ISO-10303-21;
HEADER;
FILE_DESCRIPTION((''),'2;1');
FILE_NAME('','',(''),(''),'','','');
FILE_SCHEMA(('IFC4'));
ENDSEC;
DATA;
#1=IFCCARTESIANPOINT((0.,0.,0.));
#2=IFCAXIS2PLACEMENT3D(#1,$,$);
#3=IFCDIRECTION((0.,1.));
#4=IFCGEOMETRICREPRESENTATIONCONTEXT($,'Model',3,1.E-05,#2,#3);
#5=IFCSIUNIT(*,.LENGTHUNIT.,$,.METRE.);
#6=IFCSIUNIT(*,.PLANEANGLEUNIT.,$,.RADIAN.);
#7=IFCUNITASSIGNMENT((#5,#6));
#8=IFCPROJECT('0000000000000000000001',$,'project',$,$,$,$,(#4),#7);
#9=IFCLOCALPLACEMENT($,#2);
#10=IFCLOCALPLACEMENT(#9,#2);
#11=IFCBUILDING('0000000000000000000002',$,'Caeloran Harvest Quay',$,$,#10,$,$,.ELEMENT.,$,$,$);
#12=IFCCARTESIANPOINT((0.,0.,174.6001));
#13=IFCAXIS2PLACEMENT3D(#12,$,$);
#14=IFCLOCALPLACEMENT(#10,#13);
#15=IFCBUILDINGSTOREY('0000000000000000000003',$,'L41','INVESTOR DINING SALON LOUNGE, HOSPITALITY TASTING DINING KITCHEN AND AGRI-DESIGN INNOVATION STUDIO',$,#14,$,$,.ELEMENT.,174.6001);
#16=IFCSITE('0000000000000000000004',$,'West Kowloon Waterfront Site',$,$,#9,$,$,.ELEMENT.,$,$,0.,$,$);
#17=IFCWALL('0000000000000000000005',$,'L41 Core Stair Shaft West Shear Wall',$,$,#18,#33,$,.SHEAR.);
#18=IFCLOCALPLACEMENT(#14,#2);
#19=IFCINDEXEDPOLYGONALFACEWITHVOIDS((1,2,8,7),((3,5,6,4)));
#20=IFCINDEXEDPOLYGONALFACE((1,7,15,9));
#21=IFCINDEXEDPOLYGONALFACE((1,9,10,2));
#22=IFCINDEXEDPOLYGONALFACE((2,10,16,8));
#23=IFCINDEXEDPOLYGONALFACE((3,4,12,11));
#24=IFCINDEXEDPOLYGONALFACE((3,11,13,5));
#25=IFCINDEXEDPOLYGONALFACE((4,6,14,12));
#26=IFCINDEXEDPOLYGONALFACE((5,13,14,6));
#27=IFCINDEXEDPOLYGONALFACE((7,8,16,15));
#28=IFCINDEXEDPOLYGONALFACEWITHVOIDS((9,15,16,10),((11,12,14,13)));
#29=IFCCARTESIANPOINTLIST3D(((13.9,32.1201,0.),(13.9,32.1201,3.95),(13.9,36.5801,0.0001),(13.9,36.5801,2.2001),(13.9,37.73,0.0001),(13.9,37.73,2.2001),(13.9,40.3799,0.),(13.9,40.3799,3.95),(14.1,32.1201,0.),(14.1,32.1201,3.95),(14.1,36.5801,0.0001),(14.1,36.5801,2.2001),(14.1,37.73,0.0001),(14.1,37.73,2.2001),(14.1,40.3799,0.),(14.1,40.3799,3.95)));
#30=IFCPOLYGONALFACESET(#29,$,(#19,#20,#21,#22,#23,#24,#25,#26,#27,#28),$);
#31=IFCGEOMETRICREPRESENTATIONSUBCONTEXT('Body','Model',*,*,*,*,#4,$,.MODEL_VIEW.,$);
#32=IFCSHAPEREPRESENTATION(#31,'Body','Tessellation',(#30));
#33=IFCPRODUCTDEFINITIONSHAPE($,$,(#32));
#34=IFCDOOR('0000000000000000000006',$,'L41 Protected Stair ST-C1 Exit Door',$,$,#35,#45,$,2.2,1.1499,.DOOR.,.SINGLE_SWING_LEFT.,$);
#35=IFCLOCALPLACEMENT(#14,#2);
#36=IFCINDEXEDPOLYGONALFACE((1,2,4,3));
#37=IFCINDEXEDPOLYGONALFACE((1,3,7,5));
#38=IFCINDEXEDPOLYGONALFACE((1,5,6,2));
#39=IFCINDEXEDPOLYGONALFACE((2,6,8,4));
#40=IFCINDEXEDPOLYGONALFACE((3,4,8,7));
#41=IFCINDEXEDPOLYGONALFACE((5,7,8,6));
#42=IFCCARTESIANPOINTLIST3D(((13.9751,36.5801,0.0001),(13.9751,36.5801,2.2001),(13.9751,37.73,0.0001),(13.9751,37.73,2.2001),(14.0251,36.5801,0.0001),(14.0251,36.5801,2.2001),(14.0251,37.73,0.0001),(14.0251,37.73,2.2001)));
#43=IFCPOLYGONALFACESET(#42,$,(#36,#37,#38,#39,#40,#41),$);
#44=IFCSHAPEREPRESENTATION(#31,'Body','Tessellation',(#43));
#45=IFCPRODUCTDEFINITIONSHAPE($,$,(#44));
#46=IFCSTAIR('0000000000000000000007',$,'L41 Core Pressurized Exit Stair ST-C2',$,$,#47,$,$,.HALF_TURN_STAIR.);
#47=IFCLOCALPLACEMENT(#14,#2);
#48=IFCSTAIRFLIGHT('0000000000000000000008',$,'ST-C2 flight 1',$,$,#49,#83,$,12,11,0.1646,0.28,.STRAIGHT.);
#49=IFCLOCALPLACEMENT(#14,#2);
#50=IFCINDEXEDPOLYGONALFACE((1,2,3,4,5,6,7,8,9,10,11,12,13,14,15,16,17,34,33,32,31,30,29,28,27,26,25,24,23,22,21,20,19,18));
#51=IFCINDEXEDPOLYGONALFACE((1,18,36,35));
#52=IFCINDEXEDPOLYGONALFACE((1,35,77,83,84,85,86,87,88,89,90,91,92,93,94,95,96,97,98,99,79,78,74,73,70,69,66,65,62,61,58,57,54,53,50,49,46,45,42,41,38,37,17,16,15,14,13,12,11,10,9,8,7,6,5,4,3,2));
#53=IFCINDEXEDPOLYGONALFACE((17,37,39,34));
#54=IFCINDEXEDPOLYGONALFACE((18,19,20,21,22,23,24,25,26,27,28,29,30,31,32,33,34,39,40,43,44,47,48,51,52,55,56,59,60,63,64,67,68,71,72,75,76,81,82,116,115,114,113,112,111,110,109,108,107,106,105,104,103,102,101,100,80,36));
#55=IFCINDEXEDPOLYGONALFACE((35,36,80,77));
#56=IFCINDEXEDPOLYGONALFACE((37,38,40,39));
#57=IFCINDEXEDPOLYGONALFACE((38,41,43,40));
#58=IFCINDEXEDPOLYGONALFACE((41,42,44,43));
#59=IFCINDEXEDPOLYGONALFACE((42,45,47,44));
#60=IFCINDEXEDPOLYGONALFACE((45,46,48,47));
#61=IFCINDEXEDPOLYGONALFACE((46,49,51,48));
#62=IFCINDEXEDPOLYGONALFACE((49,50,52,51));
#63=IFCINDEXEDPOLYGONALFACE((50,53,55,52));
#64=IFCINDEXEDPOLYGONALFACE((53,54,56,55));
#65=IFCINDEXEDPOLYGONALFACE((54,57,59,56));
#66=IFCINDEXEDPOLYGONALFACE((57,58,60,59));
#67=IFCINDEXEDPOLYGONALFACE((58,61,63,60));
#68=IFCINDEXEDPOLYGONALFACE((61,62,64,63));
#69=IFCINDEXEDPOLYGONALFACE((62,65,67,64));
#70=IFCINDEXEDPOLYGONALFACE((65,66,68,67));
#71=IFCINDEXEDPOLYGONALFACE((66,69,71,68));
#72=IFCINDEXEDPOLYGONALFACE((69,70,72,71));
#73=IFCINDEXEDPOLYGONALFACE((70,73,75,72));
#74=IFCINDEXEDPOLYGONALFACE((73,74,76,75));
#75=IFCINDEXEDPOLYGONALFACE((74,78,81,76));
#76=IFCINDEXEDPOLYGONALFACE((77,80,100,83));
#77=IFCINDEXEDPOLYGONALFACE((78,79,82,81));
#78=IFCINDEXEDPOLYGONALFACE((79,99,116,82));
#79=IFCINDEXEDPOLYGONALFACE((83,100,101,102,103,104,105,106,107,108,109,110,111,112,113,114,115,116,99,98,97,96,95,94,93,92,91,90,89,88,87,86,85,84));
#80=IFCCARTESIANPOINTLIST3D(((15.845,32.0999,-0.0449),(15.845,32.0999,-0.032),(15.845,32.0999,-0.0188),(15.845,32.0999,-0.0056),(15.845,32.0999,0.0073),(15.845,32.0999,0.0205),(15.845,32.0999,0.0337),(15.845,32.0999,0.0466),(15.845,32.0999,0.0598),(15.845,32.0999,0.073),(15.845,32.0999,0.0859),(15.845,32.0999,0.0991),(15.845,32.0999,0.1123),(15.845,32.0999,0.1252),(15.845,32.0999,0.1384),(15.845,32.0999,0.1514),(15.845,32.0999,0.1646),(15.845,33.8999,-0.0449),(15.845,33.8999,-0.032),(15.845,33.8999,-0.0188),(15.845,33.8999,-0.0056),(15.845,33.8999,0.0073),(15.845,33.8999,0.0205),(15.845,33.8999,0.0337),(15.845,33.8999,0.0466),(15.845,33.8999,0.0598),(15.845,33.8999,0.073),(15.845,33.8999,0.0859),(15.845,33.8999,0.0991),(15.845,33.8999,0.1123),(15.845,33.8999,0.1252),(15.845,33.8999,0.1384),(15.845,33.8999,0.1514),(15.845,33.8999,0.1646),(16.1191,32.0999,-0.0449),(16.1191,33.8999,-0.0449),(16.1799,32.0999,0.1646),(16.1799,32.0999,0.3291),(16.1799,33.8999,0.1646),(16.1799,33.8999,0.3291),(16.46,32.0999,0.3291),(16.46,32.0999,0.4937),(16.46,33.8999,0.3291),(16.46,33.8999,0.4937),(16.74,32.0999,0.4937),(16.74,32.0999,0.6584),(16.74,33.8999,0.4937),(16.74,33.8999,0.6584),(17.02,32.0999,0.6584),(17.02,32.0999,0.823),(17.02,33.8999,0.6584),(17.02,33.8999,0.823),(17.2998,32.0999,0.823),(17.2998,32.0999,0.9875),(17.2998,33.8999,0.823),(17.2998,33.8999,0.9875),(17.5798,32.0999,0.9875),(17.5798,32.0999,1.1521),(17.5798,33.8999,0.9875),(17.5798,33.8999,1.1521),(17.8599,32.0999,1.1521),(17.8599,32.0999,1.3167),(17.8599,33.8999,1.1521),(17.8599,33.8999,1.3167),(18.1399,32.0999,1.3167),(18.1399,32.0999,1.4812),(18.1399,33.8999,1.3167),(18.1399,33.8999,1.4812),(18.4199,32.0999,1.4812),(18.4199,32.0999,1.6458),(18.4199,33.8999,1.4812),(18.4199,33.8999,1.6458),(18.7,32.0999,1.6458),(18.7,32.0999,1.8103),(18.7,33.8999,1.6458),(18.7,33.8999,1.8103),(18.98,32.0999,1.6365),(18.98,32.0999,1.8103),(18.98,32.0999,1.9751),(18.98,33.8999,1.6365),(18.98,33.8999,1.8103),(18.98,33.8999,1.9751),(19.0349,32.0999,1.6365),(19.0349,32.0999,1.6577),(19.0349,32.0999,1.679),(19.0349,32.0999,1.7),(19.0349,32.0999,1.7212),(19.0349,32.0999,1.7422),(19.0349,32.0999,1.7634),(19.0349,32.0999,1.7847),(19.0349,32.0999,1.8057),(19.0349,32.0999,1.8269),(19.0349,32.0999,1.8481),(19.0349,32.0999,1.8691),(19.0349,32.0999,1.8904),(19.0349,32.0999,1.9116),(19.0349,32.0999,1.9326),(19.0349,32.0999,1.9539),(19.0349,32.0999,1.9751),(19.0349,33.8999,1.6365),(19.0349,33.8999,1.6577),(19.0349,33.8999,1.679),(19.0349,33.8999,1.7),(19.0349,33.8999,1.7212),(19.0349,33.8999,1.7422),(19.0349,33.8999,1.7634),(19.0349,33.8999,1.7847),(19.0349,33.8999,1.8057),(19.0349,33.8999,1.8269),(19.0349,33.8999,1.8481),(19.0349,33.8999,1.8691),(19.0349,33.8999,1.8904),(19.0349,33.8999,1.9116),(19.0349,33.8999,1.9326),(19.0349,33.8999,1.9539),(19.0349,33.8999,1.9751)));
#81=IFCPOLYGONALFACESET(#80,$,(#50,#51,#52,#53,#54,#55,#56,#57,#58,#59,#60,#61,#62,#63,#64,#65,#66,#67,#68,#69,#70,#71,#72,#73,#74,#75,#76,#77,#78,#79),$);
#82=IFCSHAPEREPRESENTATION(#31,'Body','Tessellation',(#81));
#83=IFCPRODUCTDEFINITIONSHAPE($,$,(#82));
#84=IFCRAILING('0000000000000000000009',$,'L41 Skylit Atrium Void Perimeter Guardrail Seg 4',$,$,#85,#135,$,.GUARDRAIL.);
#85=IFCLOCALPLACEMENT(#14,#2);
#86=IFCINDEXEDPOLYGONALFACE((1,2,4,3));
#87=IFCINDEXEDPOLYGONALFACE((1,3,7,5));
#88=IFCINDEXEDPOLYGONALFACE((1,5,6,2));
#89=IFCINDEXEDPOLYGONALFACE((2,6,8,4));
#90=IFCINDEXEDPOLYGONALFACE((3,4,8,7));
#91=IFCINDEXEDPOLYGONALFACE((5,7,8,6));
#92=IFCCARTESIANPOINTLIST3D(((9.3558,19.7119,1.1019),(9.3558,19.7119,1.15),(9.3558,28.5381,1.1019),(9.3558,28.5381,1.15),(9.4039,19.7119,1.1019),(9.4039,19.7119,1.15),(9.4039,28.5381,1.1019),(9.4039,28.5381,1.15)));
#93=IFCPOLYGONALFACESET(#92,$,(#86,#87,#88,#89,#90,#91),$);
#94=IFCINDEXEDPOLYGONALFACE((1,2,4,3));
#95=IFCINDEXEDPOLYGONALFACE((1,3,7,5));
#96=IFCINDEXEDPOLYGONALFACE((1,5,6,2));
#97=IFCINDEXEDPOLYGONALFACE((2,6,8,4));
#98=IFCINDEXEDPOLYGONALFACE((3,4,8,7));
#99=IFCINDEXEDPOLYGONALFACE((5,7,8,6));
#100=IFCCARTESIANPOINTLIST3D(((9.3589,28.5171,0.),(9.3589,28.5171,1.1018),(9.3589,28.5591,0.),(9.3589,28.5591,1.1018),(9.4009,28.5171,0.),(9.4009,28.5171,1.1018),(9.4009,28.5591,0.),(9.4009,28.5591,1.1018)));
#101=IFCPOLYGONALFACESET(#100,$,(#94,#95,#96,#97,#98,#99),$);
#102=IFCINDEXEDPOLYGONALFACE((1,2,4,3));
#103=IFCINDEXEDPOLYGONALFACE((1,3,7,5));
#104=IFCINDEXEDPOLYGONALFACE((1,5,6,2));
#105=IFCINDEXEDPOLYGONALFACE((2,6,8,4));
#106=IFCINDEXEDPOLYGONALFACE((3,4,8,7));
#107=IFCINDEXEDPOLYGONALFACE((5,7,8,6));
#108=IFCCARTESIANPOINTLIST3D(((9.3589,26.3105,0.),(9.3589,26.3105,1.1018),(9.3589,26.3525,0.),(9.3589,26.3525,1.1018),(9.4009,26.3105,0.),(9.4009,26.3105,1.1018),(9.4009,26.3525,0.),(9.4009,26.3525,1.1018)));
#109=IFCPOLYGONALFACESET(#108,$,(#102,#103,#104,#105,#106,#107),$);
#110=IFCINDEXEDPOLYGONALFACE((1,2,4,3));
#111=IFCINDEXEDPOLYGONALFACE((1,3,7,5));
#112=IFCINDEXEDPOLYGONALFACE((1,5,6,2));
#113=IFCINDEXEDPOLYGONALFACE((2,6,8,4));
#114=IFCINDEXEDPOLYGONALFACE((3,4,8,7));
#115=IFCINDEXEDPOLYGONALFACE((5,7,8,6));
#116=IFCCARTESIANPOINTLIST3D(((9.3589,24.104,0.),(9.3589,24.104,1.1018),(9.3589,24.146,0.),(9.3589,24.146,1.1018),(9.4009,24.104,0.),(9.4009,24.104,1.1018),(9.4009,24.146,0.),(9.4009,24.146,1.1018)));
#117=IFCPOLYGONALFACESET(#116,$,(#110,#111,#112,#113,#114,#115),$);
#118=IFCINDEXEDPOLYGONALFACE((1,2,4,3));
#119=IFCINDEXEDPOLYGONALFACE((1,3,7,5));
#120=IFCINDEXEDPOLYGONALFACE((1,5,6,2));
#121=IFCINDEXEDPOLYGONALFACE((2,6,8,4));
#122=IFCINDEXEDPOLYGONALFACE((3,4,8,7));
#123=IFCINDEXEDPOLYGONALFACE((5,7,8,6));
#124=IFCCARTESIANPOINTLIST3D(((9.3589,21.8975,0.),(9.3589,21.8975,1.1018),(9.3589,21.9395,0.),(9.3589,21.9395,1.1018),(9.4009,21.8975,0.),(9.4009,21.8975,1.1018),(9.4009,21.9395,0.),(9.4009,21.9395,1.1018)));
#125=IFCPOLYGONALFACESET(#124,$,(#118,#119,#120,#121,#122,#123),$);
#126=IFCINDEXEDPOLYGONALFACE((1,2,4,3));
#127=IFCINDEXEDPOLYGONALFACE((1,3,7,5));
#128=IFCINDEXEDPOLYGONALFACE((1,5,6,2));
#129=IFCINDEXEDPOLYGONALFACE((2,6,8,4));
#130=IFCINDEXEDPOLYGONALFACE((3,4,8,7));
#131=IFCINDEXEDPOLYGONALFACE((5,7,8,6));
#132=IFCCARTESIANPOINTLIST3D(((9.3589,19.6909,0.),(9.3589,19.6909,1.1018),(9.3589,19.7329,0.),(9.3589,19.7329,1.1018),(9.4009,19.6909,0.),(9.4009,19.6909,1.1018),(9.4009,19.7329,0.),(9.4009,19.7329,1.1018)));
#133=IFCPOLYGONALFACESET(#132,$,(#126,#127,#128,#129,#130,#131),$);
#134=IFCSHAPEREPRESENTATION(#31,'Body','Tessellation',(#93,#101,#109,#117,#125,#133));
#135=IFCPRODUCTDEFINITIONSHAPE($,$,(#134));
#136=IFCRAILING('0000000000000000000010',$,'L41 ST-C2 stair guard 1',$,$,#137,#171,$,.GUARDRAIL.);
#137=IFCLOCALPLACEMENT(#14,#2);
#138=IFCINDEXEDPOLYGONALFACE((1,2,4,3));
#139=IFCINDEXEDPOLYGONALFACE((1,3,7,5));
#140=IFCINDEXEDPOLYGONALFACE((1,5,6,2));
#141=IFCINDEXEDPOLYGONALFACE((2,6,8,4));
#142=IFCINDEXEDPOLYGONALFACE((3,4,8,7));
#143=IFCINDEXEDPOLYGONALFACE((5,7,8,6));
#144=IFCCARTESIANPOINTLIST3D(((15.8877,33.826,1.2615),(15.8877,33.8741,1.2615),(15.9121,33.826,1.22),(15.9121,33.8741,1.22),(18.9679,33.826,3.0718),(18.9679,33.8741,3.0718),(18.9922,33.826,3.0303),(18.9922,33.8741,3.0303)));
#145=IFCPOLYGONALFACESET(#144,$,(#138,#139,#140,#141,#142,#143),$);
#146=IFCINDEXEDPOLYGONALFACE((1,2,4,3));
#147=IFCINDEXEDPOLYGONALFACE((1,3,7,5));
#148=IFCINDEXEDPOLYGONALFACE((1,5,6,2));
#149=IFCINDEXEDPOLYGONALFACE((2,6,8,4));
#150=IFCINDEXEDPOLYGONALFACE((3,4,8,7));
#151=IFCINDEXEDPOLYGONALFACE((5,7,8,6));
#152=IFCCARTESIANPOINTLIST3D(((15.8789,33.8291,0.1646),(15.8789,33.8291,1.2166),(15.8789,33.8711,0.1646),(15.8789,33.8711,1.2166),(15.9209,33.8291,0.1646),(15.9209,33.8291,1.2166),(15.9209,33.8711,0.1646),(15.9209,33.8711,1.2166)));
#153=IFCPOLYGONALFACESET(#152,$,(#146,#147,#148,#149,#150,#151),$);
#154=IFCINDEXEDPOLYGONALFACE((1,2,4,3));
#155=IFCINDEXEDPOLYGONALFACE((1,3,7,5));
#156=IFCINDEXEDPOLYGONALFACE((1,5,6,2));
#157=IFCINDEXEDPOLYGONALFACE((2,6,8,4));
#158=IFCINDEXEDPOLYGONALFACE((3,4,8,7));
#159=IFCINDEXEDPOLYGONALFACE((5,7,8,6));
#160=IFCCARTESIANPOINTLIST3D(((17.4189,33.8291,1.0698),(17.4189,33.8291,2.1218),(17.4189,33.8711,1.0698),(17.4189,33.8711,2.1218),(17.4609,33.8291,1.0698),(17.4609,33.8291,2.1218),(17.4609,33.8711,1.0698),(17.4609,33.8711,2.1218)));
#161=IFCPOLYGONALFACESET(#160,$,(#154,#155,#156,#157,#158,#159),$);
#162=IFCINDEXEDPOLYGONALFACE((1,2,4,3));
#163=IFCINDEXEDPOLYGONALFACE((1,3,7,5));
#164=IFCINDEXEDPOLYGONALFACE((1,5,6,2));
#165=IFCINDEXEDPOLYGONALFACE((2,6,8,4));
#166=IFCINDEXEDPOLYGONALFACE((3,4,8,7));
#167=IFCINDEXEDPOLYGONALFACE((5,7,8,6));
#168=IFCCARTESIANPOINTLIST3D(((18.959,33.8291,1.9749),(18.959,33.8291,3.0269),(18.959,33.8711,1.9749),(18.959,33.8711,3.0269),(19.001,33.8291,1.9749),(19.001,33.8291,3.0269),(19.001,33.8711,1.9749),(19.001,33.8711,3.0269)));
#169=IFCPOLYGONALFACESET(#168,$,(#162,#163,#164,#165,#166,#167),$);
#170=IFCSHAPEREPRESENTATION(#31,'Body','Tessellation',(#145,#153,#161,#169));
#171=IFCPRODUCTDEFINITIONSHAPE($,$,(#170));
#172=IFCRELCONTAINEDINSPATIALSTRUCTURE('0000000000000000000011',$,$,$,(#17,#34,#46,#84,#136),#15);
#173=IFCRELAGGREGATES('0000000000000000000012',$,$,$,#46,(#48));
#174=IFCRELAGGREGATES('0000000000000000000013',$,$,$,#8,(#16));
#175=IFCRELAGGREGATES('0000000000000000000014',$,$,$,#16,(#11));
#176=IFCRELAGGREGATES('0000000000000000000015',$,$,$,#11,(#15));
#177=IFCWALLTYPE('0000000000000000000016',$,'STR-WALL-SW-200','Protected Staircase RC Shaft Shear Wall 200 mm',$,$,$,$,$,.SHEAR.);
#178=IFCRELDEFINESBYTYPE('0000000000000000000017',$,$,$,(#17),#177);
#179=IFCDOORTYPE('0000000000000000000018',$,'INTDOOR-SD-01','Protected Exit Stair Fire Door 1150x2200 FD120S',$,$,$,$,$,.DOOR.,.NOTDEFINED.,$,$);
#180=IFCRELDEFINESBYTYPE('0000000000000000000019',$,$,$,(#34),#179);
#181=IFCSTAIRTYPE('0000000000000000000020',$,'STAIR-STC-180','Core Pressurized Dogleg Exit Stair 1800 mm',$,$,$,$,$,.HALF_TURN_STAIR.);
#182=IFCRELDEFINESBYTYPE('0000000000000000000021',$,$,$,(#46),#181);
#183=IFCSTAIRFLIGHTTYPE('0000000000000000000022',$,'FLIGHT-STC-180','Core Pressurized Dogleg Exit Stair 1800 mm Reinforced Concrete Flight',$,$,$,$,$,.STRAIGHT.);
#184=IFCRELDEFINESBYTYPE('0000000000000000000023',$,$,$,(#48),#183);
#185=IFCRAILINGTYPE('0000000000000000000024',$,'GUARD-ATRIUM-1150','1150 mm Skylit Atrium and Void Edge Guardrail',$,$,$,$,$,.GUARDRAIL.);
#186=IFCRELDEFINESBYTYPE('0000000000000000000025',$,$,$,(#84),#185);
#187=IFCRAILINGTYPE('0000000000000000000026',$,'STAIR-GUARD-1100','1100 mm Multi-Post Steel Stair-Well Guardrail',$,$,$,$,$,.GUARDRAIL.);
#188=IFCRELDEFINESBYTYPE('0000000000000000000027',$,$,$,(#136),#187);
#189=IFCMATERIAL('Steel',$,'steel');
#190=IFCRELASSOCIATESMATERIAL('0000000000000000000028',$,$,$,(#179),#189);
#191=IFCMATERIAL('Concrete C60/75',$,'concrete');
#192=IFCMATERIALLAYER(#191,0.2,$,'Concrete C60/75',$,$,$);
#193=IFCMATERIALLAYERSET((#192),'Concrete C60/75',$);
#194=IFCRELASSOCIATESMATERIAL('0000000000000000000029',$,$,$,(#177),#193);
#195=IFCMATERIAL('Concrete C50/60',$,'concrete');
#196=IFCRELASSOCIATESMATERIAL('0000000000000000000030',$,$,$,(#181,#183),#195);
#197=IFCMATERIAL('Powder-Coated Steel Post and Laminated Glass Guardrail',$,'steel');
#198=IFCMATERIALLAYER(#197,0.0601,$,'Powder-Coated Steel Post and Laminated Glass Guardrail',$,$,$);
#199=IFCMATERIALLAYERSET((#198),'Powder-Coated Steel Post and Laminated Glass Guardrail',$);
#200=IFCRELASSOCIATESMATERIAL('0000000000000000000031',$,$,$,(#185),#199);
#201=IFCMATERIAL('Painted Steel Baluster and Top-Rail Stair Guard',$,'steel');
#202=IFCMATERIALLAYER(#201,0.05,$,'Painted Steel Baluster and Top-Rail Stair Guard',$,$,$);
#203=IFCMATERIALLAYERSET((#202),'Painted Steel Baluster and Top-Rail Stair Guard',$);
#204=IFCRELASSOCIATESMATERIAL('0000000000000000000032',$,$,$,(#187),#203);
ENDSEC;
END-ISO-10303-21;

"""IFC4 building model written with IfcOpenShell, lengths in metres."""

from ifc_helpers import new_model, si_unit, direction, frame, frame_2d, origin, origin_2d, place, context, subcontext, project, spatial, polyline, rectangle, outline, extrude, material, layer, layer_set, type_object, element, fill, aggregate, save


model = new_model("IFC4")

# Units and contexts
model_context = context("Model", 3, precision=1e-05, world=origin(), true_north=direction((0.0, 1.0)))
body_context = subcontext(model_context, "Body", "Model", "MODEL_VIEW")
ifc_project = project(units=[si_unit("LENGTHUNIT", "METRE"), si_unit("PLANEANGLEUNIT", "RADIAN")], contexts=[model_context])

# Site, building, storey
site_placement = place(None, origin())
site = spatial("IfcSite", under=ifc_project, at=site_placement, Name="West Kowloon Waterfront Site", CompositionType="ELEMENT", RefElevation=0.0)
building_placement = place(site_placement, origin())
building = spatial("IfcBuilding", under=site, at=building_placement, Name="Caeloran Harvest Quay", CompositionType="ELEMENT")
storey_placement = place(building_placement, frame((0.0, 0.0, 174.6001)))
storey = spatial("IfcBuildingStorey", under=building, at=storey_placement, Name="L41", Description="INVESTOR DINING SALON LOUNGE, HOSPITALITY TASTING DINING KITCHEN AND AGRI-DESIGN INNOVATION STUDIO", CompositionType="ELEMENT", Elevation=174.6001)

# Shared definitions
ifc_material_1 = material(Name="Concrete C60/75", Category="concrete")

# Shared definitions
ifc_material_2 = material(Name="Concrete C50/60", Category="concrete")

# Shared definitions
ifc_material_3 = material(Name="Steel", Category="steel")

# Shared definitions
door_type_1 = type_object("IfcDoorType", Name="INTDOOR-SD-01", Description="Protected Exit Stair Fire Door 1150x2200 FD120S", OperationType="NOTDEFINED", PredefinedType="DOOR", material=ifc_material_3)

# Wall, opening, door
ifc_layer_1 = layer(ifc_material_1, 0.2, Name="Concrete C60/75")
ifc_layer_set_1 = layer_set([ifc_layer_1], Name="Concrete C60/75")
wall_type_1 = type_object("IfcWallType", Name="STR-WALL-SW-200", Description="Protected Staircase RC Shaft Shear Wall 200 mm", PredefinedType="SHEAR", material=ifc_layer_set_1)
wall_1_placement = place(storey_placement, frame((14.0, 32.1201, 0.0), z_axis=(0.0, 0.0, 1.0), x_axis=(0.0, 1.0, 0.0)))
wall_1 = element("IfcWall", 1, at=wall_1_placement, inside=storey, type_object=wall_type_1, Name="L41 Core Stair Shaft West Shear Wall", PredefinedType="SHEAR", context=body_context, shape_type="SweptSolid", body=[
    extrude(rectangle(XDim=8.2598, YDim=0.2, at=frame_2d((4.1299, 0.0))), origin(), (0.0, 0.0, 1.0), 3.95),
])
opening_1_placement = place(wall_1_placement, frame((4.46, 0.0, 0.0)))
opening_1 = element("IfcOpeningElement", 2, at=opening_1_placement, cuts=wall_1, PredefinedType="OPENING", context=body_context, shape_type="SweptSolid", body=[
    extrude(rectangle(XDim=1.1499, YDim=2.2, at=frame_2d((0.575, 1.1001))), frame((0.0, 0.1099, 0.0), z_axis=(0.0, -1.0, 0.0), x_axis=(1.0, 0.0, 0.0)), (0.0, 0.0, 1.0), 0.22),
])
door_1_placement = place(opening_1_placement, origin())
door_1 = element("IfcDoor", 3, at=door_1_placement, inside=storey, type_object=door_type_1, Name="L41 Protected Stair ST-C1 Exit Door", OperationType="SINGLE_SWING_LEFT", OverallHeight=2.2, OverallWidth=1.1499, PredefinedType="DOOR", context=body_context, shape_type="SweptSolid", body=[
    extrude(rectangle(XDim=1.1499, YDim=2.2, at=frame_2d((0.575, 1.1001))), frame((0.0, 0.0249, 0.0), z_axis=(0.0, -1.0, 0.0), x_axis=(1.0, 0.0, 0.0)), (0.0, 0.0, 1.0), 0.05),
])
fill(opening_1, door_1)

# Stair, stair flight
stair_type = type_object("IfcStairType", Name="STAIR-STC-180", Description="Core Pressurized Dogleg Exit Stair 1800 mm", PredefinedType="HALF_TURN_STAIR", material=ifc_material_2)
stair_placement = place(storey_placement, origin())
stair = element("IfcStair", 4, at=stair_placement, inside=storey, type_object=stair_type, Name="L41 Core Pressurized Exit Stair ST-C2", PredefinedType="HALF_TURN_STAIR")
stair_flight_type = type_object("IfcStairFlightType", Name="FLIGHT-STC-180", Description="Core Pressurized Dogleg Exit Stair 1800 mm Reinforced Concrete Flight", PredefinedType="STRAIGHT", material=ifc_material_2)
stair_flight_placement = place(storey_placement, frame((15.8999, 33.0, 0.0), z_axis=(0.0, 0.0, 1.0), x_axis=(1.0, 0.0, 0.0)))
stair_flight = element("IfcStairFlight", 5, at=stair_flight_placement, type_object=stair_flight_type, Name="ST-C2 flight 1", NumberOfRisers=12, NumberOfTreads=11, PredefinedType="STRAIGHT", RiserHeight=0.1646, TreadLength=0.28, context=body_context, shape_type="SweptSolid", body=[
    extrude(outline(polyline([(-0.0549, -0.0449), (-0.0549, -0.032), (-0.0549, -0.0188), (-0.0549, -0.0056), (-0.0549, 0.0073), (-0.0549, 0.0205), (-0.0549, 0.0337), (-0.0549, 0.0466), (-0.0549, 0.0598), (-0.0549, 0.073), (-0.0549, 0.0859), (-0.0549, 0.0991), (-0.0549, 0.1123), (-0.0549, 0.1252), (-0.0549, 0.1384), (-0.0549, 0.1514), (-0.0549, 0.1646), (0.28, 0.1646), (0.28, 0.3291), (0.5601, 0.3291), (0.5601, 0.4937), (0.8401, 0.4937), (0.8401, 0.6584), (1.1201, 0.6584), (1.1201, 0.823), (1.3999, 0.823), (1.3999, 0.9875), (1.6799, 0.9875), (1.6799, 1.1521), (1.96, 1.1521), (1.96, 1.3167), (2.24, 1.3167), (2.24, 1.4812), (2.52, 1.4812), (2.52, 1.6458), (2.8, 1.6458), (2.8, 1.8103), (3.0801, 1.8103), (3.0801, 1.9751), (3.135, 1.9751), (3.135, 1.9539), (3.135, 1.9326), (3.135, 1.9116), (3.135, 1.8904), (3.135, 1.8691), (3.135, 1.8481), (3.135, 1.8269), (3.135, 1.8057), (3.135, 1.7847), (3.135, 1.7634), (3.135, 1.7422), (3.135, 1.7212), (3.135, 1.7), (3.135, 1.679), (3.135, 1.6577), (3.135, 1.6365), (3.0801, 1.6365), (0.2192, -0.0449), (-0.0549, -0.0449)])), frame((0.0, 0.8999, 0.0), z_axis=(0.0, -1.0, 0.0), x_axis=(1.0, 0.0, 0.0)), (0.0, 0.0, 1.0), 1.8),
])
aggregate(stair, [stair_flight])

# Railings
ifc_material_4 = material(Name="Powder-Coated Steel Post and Laminated Glass Guardrail", Category="steel")
ifc_layer_2 = layer(ifc_material_4, 0.0601, Name="Powder-Coated Steel Post and Laminated Glass Guardrail")
ifc_layer_set_2 = layer_set([ifc_layer_2], Name="Powder-Coated Steel Post and Laminated Glass Guardrail")
railing_type_1 = type_object("IfcRailingType", Name="GUARD-ATRIUM-1150", Description="1150 mm Skylit Atrium and Void Edge Guardrail", PredefinedType="GUARDRAIL", material=ifc_layer_set_2)
railing_1_placement = place(storey_placement, frame((9.3799, 28.5381, 0.0)))
element("IfcRailing", 6, at=railing_1_placement, inside=storey, type_object=railing_type_1, Name="L41 Skylit Atrium Void Perimeter Guardrail Seg 4", PredefinedType="GUARDRAIL", context=body_context, shape_type="SweptSolid", body=[
    extrude(rectangle(XDim=0.0481, YDim=0.0481, at=origin_2d()), frame((0.0, 0.0, 1.126), z_axis=(0.0, -1.0, 0.0), x_axis=(1.0, 0.0, 0.0)), (0.0, 0.0, 1.0), 8.8262),
    extrude(rectangle(XDim=0.042, YDim=0.042, at=origin_2d()), origin(), (0.0, 0.0, 1.0), 1.1018),
    extrude(rectangle(XDim=0.042, YDim=0.042, at=origin_2d()), frame((0.0, -2.2065, 0.0)), (0.0, 0.0, 1.0), 1.1018),
    extrude(rectangle(XDim=0.042, YDim=0.042, at=origin_2d()), frame((0.0, -4.4131, 0.0)), (0.0, 0.0, 1.0), 1.1018),
    extrude(rectangle(XDim=0.042, YDim=0.042, at=origin_2d()), frame((0.0, -6.6196, 0.0)), (0.0, 0.0, 1.0), 1.1018),
    extrude(rectangle(XDim=0.042, YDim=0.042, at=origin_2d()), frame((0.0, -8.8262, 0.0)), (0.0, 0.0, 1.0), 1.1018),
])
ifc_material_5 = material(Name="Painted Steel Baluster and Top-Rail Stair Guard", Category="steel")
ifc_layer_3 = layer(ifc_material_5, 0.05, Name="Painted Steel Baluster and Top-Rail Stair Guard")
ifc_layer_set_3 = layer_set([ifc_layer_3], Name="Painted Steel Baluster and Top-Rail Stair Guard")
railing_type_2 = type_object("IfcRailingType", Name="STAIR-GUARD-1100", Description="1100 mm Multi-Post Steel Stair-Well Guardrail", PredefinedType="GUARDRAIL", material=ifc_layer_set_3)
railing_2_placement = place(storey_placement, frame((15.8999, 33.8501, 0.1646)))
element("IfcRailing", 7, at=railing_2_placement, inside=storey, type_object=railing_type_2, Name="L41 ST-C2 stair guard 1", PredefinedType="GUARDRAIL", context=body_context, shape_type="SweptSolid", body=[
    extrude(rectangle(XDim=0.0481, YDim=0.0481, at=origin_2d()), frame((0.0, 0.0, 1.0762), z_axis=(0.862119, 0.0, 0.506707), x_axis=(0.0, 1.0, 0.0)), (0.0, 0.0, 1.0), 3.5728),
    extrude(rectangle(XDim=0.042, YDim=0.042, at=origin_2d()), origin(), (0.0, 0.0, 1.0), 1.052),
    extrude(rectangle(XDim=0.042, YDim=0.042, at=origin_2d()), frame((1.54, 0.0, 0.9053)), (0.0, 0.0, 1.0), 1.052),
    extrude(rectangle(XDim=0.042, YDim=0.042, at=origin_2d()), frame((3.0801, 0.0, 1.8103)), (0.0, 0.0, 1.0), 1.052),
])

save(model, "model.ifc")
